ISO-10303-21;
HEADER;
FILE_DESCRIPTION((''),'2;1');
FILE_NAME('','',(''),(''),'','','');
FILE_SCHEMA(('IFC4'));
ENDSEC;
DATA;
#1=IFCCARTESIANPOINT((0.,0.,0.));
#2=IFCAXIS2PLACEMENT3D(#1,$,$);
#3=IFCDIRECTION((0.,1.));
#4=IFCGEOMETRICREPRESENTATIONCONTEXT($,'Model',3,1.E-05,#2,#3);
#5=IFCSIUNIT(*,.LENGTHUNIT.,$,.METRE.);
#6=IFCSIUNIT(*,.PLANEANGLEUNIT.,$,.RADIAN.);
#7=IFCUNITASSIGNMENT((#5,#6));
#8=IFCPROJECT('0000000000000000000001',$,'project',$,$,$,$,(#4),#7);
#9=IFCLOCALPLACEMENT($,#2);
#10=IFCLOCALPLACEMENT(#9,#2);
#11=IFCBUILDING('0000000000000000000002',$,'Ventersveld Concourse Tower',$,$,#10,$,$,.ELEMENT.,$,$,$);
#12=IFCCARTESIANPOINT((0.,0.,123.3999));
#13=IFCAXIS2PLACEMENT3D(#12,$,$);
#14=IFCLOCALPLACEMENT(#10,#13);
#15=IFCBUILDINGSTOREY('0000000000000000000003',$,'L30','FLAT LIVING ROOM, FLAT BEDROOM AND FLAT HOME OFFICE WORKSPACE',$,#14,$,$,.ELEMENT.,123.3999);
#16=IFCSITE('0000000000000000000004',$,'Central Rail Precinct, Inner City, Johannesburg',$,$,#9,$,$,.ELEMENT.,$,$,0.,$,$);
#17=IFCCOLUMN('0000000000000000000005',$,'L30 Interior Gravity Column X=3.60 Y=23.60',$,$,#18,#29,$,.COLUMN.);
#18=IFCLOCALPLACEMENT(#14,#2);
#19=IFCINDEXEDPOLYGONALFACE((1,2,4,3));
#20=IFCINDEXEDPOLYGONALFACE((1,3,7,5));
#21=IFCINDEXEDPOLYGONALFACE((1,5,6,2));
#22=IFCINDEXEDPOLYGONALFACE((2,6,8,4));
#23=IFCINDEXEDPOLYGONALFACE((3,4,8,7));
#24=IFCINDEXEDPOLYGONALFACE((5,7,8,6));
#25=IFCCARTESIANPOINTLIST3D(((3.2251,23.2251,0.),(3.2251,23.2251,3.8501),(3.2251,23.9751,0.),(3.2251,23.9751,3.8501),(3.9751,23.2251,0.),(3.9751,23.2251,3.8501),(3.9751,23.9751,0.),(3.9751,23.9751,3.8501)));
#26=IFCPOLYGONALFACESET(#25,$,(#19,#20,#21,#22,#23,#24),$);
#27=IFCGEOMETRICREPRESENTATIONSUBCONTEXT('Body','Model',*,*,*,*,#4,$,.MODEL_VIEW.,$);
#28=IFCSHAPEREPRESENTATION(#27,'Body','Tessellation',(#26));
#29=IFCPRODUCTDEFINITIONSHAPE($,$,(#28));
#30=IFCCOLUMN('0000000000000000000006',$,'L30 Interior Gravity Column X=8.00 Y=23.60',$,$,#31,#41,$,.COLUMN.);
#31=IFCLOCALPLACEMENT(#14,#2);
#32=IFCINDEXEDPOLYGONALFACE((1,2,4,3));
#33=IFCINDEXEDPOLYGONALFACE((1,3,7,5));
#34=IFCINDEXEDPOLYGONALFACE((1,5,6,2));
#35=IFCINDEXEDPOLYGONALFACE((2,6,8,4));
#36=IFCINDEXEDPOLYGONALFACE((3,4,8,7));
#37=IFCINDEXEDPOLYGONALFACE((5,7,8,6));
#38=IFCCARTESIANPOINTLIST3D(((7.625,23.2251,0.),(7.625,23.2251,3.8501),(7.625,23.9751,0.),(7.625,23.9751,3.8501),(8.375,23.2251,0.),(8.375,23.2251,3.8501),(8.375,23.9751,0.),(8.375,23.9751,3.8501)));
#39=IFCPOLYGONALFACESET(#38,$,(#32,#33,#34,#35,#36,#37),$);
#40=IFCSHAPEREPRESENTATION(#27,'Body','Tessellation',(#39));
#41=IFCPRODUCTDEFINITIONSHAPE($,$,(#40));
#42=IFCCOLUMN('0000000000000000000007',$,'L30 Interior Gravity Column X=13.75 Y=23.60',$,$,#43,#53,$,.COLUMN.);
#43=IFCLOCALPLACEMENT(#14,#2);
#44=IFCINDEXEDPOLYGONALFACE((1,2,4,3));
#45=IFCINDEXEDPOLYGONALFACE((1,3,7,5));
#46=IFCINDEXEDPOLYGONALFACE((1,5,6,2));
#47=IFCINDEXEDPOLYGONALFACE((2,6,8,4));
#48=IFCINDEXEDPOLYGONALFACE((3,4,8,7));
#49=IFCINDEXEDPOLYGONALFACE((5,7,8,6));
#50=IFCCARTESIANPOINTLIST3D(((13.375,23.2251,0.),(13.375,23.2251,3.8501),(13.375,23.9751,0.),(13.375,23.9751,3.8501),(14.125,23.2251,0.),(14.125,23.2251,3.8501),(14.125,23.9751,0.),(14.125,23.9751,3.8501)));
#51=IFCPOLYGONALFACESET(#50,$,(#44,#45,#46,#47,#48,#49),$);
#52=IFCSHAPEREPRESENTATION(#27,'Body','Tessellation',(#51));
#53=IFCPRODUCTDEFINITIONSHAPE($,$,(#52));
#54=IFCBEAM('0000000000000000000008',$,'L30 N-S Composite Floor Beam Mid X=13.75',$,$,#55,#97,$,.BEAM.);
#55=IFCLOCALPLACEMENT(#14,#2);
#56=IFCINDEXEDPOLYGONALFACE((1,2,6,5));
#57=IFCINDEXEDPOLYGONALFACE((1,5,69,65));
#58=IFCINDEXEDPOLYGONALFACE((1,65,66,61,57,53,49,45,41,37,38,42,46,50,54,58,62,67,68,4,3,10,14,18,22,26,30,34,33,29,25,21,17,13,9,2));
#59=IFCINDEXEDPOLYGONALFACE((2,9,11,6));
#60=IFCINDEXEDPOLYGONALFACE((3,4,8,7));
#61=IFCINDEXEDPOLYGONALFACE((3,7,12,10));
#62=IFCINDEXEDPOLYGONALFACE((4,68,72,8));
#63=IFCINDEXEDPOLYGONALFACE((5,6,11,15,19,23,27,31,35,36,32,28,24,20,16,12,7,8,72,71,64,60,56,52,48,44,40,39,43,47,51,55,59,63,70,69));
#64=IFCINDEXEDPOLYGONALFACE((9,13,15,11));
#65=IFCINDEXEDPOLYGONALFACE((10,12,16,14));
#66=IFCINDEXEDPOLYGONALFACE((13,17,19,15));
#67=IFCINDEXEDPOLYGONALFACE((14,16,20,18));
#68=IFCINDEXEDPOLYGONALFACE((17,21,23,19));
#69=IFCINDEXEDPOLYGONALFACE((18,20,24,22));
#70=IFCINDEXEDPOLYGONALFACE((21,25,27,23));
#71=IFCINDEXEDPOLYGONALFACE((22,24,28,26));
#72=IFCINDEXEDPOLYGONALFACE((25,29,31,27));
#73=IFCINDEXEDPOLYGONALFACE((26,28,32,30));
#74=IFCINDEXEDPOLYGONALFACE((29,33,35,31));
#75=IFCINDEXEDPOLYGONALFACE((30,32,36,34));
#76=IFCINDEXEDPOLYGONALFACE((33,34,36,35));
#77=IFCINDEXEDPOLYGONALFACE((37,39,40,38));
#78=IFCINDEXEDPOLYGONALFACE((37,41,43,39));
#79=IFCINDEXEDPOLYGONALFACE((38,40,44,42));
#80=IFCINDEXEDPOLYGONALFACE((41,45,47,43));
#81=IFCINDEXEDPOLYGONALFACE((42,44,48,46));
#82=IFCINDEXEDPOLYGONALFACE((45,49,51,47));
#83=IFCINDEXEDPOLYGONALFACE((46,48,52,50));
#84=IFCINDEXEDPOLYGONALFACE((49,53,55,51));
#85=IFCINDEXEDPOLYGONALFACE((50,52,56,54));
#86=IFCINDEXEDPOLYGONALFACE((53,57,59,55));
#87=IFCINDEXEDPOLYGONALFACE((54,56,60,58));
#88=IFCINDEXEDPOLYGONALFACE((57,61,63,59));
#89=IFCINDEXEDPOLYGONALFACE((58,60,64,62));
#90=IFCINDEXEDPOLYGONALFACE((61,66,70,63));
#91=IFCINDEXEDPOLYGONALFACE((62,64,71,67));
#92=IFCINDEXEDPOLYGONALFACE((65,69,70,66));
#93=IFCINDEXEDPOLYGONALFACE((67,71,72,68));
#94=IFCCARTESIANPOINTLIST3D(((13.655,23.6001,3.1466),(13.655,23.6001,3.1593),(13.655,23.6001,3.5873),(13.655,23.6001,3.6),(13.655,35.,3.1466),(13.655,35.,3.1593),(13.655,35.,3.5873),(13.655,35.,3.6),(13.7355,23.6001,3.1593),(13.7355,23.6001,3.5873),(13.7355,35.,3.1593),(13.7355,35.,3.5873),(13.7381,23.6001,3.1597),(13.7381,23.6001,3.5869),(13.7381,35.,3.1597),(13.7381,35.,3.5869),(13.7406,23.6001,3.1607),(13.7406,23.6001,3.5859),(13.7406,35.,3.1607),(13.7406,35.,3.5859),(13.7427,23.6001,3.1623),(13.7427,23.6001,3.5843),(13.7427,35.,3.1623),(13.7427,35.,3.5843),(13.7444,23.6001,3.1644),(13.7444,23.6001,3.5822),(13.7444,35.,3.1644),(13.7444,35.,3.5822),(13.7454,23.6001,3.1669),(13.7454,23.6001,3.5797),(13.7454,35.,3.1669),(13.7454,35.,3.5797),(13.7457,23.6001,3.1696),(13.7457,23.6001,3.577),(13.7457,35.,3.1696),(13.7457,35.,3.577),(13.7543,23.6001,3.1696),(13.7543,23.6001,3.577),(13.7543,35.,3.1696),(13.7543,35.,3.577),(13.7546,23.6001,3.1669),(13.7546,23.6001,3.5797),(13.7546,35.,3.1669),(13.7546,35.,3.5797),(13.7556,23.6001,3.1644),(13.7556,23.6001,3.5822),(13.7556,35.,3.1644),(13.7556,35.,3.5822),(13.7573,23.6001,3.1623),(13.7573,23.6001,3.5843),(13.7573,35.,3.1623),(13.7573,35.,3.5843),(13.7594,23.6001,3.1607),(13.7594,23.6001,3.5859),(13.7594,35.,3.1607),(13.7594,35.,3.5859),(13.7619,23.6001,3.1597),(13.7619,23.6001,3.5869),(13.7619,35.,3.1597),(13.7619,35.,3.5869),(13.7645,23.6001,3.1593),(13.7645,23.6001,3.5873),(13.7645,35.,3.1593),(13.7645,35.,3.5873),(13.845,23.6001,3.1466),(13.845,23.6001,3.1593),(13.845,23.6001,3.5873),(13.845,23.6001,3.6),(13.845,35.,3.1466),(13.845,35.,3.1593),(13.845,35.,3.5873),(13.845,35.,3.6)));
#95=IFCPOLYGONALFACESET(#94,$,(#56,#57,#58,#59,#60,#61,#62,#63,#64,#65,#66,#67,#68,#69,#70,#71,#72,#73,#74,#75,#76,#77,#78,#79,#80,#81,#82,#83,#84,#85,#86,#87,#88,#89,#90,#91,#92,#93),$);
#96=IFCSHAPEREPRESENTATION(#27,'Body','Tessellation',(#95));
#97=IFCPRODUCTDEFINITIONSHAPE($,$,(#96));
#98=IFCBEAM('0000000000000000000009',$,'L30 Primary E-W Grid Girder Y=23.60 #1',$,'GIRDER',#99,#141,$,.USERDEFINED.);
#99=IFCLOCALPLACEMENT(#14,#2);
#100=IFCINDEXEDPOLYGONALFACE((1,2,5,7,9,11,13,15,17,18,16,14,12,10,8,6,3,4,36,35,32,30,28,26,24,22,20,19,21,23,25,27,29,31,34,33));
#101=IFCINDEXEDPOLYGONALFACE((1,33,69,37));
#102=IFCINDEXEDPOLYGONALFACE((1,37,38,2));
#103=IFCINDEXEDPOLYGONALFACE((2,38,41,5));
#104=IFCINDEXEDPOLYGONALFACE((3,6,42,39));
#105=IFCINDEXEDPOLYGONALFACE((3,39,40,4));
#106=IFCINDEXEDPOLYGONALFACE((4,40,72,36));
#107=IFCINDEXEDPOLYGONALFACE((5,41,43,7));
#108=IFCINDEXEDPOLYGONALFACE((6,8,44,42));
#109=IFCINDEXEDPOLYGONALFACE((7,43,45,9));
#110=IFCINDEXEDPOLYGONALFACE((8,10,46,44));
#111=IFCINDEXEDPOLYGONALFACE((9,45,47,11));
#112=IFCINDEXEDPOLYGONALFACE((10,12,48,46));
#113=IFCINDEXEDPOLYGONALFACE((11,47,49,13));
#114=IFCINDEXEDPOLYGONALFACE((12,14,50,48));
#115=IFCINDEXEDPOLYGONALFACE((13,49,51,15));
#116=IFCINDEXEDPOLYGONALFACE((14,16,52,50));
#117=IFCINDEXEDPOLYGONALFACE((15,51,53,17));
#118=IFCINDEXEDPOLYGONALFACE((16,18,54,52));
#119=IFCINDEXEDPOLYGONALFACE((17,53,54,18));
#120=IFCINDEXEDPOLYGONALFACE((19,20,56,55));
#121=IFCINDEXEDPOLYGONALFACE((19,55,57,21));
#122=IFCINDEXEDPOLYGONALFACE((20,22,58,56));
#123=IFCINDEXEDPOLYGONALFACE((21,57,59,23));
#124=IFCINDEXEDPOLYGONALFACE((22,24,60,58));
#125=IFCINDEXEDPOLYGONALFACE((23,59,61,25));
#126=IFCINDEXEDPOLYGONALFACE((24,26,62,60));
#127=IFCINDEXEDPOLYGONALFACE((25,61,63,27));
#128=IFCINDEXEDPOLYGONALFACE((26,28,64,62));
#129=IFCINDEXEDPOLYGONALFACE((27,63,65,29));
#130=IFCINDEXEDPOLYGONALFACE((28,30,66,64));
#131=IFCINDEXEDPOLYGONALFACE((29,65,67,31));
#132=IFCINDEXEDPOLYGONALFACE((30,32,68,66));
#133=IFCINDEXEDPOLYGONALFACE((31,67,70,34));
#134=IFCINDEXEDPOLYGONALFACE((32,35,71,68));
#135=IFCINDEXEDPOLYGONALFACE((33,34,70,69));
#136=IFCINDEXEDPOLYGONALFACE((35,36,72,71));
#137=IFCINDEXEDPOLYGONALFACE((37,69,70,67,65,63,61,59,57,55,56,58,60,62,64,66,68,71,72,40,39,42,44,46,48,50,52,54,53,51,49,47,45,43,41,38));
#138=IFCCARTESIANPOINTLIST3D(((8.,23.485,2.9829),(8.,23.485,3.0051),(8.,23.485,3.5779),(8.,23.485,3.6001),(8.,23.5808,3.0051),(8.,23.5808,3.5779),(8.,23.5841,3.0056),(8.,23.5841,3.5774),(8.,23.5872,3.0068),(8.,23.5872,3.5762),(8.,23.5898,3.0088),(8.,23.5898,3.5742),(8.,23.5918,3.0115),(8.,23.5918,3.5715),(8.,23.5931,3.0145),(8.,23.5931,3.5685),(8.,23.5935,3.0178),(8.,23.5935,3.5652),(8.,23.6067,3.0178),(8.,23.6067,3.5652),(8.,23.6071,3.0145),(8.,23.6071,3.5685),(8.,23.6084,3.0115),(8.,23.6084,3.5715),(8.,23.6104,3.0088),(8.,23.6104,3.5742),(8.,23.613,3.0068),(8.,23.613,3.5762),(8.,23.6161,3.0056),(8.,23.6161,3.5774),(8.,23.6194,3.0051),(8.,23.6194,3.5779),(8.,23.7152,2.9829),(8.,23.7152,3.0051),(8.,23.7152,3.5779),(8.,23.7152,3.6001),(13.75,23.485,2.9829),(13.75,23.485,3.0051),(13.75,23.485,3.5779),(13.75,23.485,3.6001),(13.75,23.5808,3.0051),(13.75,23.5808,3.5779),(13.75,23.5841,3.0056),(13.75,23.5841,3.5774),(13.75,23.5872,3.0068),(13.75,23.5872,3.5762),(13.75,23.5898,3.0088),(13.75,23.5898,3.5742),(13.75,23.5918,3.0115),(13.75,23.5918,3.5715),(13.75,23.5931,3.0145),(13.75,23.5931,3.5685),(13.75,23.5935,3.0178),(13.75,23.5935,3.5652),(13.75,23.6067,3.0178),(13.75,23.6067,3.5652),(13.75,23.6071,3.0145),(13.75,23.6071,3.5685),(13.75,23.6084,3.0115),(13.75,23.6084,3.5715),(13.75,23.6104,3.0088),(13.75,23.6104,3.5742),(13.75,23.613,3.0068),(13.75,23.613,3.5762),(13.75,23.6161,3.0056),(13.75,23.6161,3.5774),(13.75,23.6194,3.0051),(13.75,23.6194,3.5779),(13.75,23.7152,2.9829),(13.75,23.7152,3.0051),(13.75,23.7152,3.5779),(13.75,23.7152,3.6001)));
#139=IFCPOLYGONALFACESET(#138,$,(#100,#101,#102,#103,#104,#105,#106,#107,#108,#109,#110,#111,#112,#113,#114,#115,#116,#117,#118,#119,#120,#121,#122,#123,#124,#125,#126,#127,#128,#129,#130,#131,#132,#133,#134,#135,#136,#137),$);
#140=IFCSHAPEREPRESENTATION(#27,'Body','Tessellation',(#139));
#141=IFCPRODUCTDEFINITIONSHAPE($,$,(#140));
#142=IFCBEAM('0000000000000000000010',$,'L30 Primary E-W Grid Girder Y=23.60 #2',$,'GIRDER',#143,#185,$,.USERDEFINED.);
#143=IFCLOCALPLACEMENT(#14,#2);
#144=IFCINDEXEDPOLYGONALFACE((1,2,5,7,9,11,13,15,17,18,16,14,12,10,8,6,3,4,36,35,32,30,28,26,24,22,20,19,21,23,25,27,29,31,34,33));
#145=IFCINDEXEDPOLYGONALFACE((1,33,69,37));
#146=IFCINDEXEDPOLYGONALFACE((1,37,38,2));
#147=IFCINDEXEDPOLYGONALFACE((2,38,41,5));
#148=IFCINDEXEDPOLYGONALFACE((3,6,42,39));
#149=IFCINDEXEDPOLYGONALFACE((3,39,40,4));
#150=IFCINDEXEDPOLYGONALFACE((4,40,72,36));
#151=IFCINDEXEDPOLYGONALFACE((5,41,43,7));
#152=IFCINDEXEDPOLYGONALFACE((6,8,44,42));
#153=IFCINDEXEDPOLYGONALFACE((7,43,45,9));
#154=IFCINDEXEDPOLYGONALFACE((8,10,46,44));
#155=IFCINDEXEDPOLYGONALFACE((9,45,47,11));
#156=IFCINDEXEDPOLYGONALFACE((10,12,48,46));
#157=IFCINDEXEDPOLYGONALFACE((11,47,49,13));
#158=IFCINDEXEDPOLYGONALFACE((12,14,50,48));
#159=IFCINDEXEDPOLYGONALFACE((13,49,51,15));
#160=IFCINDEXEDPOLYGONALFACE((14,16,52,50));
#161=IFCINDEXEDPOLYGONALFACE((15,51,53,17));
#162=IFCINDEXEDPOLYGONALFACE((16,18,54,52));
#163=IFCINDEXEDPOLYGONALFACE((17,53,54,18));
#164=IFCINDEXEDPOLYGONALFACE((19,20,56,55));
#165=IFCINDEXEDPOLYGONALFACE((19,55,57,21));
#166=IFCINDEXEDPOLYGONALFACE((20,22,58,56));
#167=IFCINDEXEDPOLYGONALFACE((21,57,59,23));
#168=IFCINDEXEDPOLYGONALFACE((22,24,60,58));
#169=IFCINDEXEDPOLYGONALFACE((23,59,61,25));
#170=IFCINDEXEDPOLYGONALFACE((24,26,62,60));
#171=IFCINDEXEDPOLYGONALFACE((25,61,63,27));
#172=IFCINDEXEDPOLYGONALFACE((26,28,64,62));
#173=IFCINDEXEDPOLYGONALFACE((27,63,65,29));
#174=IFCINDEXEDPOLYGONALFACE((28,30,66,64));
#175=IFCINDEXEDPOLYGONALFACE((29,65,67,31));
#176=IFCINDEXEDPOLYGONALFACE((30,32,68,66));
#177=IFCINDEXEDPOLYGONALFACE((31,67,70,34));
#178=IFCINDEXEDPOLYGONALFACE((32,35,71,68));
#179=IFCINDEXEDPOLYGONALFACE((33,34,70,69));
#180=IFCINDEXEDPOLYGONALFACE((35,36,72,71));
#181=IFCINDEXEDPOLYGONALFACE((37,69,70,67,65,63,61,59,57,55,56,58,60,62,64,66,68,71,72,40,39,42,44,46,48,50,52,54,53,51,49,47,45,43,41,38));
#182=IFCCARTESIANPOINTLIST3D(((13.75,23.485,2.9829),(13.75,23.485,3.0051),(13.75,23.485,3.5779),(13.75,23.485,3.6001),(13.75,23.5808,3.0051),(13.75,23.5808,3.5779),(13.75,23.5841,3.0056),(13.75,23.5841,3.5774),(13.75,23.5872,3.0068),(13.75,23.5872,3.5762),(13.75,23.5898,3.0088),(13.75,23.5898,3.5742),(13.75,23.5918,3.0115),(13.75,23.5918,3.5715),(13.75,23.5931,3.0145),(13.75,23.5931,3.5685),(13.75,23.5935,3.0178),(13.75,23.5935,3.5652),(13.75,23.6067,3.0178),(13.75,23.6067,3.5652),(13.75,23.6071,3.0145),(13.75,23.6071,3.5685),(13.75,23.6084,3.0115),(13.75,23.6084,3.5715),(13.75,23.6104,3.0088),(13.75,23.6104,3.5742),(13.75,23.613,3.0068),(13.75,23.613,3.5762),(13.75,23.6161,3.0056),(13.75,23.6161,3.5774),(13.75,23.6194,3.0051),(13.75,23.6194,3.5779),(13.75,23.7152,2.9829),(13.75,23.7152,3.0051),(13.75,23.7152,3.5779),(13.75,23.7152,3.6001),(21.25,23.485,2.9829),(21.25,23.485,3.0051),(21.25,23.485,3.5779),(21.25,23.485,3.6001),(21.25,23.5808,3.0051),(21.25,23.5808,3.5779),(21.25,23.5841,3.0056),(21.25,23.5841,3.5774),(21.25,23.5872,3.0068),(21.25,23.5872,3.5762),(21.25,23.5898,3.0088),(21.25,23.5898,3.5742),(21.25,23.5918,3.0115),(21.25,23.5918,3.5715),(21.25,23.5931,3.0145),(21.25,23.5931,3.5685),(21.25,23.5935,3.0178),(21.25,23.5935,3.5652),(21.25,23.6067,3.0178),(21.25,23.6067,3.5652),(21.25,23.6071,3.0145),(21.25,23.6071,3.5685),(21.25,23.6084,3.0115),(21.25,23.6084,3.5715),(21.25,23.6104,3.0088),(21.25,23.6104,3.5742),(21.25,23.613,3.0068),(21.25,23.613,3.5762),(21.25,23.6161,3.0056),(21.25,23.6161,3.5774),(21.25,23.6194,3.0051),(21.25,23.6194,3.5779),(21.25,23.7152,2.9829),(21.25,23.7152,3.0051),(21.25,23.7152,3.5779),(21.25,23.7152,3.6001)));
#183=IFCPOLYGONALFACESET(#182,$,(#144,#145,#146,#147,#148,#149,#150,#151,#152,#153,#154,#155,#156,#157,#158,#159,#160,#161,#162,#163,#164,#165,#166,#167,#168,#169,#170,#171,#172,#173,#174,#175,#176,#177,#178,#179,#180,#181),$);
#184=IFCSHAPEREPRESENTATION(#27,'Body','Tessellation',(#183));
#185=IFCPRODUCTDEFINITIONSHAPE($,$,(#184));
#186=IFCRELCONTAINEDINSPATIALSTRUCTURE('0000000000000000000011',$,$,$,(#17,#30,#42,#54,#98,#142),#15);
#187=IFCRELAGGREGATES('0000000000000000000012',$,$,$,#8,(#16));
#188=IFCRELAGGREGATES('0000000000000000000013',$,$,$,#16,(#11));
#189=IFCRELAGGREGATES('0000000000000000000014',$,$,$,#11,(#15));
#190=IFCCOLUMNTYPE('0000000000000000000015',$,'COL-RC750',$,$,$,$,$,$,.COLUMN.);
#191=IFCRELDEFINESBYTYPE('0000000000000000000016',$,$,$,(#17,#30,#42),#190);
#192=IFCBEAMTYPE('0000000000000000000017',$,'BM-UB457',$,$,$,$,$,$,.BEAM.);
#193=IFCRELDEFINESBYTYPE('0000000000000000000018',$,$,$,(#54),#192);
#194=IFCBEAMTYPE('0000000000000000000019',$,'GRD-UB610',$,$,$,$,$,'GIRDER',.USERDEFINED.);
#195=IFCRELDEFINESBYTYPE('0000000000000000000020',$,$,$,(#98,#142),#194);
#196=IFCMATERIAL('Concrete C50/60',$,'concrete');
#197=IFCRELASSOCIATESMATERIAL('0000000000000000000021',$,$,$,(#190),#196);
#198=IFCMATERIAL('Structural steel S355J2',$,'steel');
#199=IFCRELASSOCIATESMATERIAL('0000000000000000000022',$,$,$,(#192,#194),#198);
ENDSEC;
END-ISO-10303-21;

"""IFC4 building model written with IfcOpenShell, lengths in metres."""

from ifc_helpers import new_model, si_unit, direction, frame, origin, origin_2d, place, context, subcontext, project, spatial, rectangle, i_section, extrude, material, material_profile, profile_set, type_object, element, save


model = new_model("IFC4")

# Units and contexts
model_context = context("Model", 3, precision=1e-05, world=origin(), true_north=direction((0.0, 1.0)))
body_context = subcontext(model_context, "Body", "Model", "MODEL_VIEW")
ifc_project = project(units=[si_unit("LENGTHUNIT", "METRE"), si_unit("PLANEANGLEUNIT", "RADIAN")], contexts=[model_context])

# Site, building, storey
site_placement = place(None, origin())
site = spatial("IfcSite", under=ifc_project, at=site_placement, Name="Central Rail Precinct, Inner City, Johannesburg", CompositionType="ELEMENT", RefElevation=0.0)
building_placement = place(site_placement, origin())
building = spatial("IfcBuilding", under=site, at=building_placement, Name="Ventersveld Concourse Tower", CompositionType="ELEMENT")
storey_placement = place(building_placement, frame((0.0, 0.0, 123.3999)))
storey = spatial("IfcBuildingStorey", under=building, at=storey_placement, Name="L30", Description="FLAT LIVING ROOM, FLAT BEDROOM AND FLAT HOME OFFICE WORKSPACE", CompositionType="ELEMENT", Elevation=123.3999)

# Columns
ifc_material_1 = material(Name="Concrete C50/60", Category="concrete")
ifc_material_profile_1 = material_profile(ifc_material_1, rectangle(XDim=0.75, YDim=0.75, at=origin_2d()), Name="RC 750x750")
ifc_profile_set_1 = profile_set([ifc_material_profile_1], Name="Concrete C50/60")
column_type = type_object("IfcColumnType", Name="COL-RC750", PredefinedType="COLUMN", material=ifc_profile_set_1)
for number, where, z_axis, x_axis, name in (
    (1, (3.6001, 23.6001, 0.0), (0.0, 0.0, 1.0), (1.0, 0.0, 0.0), "L30 Interior Gravity Column X=3.60 Y=23.60"),
    (2, (8.0, 23.6001, 0.0), (0.0, 0.0, 1.0), (1.0, 0.0, 0.0), "L30 Interior Gravity Column X=8.00 Y=23.60"),
    (3, (13.75, 23.6001, 0.0), (0.0, 0.0, 1.0), (1.0, 0.0, 0.0), "L30 Interior Gravity Column X=13.75 Y=23.60"),
):
    element("IfcColumn", number, at=place(storey_placement, frame(where, z_axis=z_axis, x_axis=x_axis)), inside=storey, type_object=column_type, Name=name, PredefinedType="COLUMN", context=body_context, shape_type="SweptSolid", body=[
        extrude(rectangle(XDim=0.75, YDim=0.75, at=origin_2d()), origin(), (0.0, 0.0, 1.0), 3.8501),
    ])

# Beams
ifc_material_2 = material(Name="Structural steel S355J2", Category="steel")
ifc_material_profile_2 = material_profile(ifc_material_2, i_section(OverallWidth=0.1899, OverallDepth=0.4534, WebThickness=0.0085, FlangeThickness=0.0127, FilletRadius=0.0103, at=origin_2d()), Name="UB 457x191x67")
ifc_profile_set_2 = profile_set([ifc_material_profile_2], Name="Structural steel S355J2")
beam_type_1 = type_object("IfcBeamType", Name="BM-UB457", PredefinedType="BEAM", material=ifc_profile_set_2)
beam_1_placement = place(storey_placement, frame((13.75, 23.6001, 3.3733), z_axis=(0.0, 1.0, 0.0), x_axis=(-1.0, 0.0, 0.0)))
element("IfcBeam", 4, at=beam_1_placement, inside=storey, type_object=beam_type_1, Name="L30 N-S Composite Floor Beam Mid X=13.75", PredefinedType="BEAM", context=body_context, shape_type="SweptSolid", body=[
    extrude(i_section(OverallWidth=0.1899, OverallDepth=0.4534, WebThickness=0.0085, FlangeThickness=0.0127, FilletRadius=0.0103, at=origin_2d()), origin(), (0.0, 0.0, 1.0), 11.3999),
])
ifc_material_profile_3 = material_profile(ifc_material_2, i_section(OverallWidth=0.2302, OverallDepth=0.6172, WebThickness=0.0132, FlangeThickness=0.0222, FilletRadius=0.0127, at=origin_2d()), Name="UB 610x229x140")
ifc_profile_set_3 = profile_set([ifc_material_profile_3], Name="Structural steel S355J2")
beam_type_2 = type_object("IfcBeamType", Name="GRD-UB610", ElementType="GIRDER", PredefinedType="USERDEFINED", material=ifc_profile_set_3)
beam_2_placement = place(storey_placement, frame((8.0, 23.6001, 3.2915), z_axis=(1.0, 0.0, 0.0), x_axis=(0.0, 1.0, 0.0)))
element("IfcBeam", 5, at=beam_2_placement, inside=storey, type_object=beam_type_2, Name="L30 Primary E-W Grid Girder Y=23.60 #1", ObjectType="GIRDER", PredefinedType="USERDEFINED", context=body_context, shape_type="SweptSolid", body=[
    extrude(i_section(OverallWidth=0.2302, OverallDepth=0.6172, WebThickness=0.0132, FlangeThickness=0.0222, FilletRadius=0.0127, at=origin_2d()), origin(), (0.0, 0.0, 1.0), 5.75),
])
beam_3_placement = place(storey_placement, frame((13.75, 23.6001, 3.2915), z_axis=(1.0, 0.0, 0.0), x_axis=(0.0, 1.0, 0.0)))
element("IfcBeam", 6, at=beam_3_placement, inside=storey, type_object=beam_type_2, Name="L30 Primary E-W Grid Girder Y=23.60 #2", ObjectType="GIRDER", PredefinedType="USERDEFINED", context=body_context, shape_type="SweptSolid", body=[
    extrude(i_section(OverallWidth=0.2302, OverallDepth=0.6172, WebThickness=0.0132, FlangeThickness=0.0222, FilletRadius=0.0127, at=origin_2d()), origin(), (0.0, 0.0, 1.0), 7.5),
])

save(model, "model.ifc")
